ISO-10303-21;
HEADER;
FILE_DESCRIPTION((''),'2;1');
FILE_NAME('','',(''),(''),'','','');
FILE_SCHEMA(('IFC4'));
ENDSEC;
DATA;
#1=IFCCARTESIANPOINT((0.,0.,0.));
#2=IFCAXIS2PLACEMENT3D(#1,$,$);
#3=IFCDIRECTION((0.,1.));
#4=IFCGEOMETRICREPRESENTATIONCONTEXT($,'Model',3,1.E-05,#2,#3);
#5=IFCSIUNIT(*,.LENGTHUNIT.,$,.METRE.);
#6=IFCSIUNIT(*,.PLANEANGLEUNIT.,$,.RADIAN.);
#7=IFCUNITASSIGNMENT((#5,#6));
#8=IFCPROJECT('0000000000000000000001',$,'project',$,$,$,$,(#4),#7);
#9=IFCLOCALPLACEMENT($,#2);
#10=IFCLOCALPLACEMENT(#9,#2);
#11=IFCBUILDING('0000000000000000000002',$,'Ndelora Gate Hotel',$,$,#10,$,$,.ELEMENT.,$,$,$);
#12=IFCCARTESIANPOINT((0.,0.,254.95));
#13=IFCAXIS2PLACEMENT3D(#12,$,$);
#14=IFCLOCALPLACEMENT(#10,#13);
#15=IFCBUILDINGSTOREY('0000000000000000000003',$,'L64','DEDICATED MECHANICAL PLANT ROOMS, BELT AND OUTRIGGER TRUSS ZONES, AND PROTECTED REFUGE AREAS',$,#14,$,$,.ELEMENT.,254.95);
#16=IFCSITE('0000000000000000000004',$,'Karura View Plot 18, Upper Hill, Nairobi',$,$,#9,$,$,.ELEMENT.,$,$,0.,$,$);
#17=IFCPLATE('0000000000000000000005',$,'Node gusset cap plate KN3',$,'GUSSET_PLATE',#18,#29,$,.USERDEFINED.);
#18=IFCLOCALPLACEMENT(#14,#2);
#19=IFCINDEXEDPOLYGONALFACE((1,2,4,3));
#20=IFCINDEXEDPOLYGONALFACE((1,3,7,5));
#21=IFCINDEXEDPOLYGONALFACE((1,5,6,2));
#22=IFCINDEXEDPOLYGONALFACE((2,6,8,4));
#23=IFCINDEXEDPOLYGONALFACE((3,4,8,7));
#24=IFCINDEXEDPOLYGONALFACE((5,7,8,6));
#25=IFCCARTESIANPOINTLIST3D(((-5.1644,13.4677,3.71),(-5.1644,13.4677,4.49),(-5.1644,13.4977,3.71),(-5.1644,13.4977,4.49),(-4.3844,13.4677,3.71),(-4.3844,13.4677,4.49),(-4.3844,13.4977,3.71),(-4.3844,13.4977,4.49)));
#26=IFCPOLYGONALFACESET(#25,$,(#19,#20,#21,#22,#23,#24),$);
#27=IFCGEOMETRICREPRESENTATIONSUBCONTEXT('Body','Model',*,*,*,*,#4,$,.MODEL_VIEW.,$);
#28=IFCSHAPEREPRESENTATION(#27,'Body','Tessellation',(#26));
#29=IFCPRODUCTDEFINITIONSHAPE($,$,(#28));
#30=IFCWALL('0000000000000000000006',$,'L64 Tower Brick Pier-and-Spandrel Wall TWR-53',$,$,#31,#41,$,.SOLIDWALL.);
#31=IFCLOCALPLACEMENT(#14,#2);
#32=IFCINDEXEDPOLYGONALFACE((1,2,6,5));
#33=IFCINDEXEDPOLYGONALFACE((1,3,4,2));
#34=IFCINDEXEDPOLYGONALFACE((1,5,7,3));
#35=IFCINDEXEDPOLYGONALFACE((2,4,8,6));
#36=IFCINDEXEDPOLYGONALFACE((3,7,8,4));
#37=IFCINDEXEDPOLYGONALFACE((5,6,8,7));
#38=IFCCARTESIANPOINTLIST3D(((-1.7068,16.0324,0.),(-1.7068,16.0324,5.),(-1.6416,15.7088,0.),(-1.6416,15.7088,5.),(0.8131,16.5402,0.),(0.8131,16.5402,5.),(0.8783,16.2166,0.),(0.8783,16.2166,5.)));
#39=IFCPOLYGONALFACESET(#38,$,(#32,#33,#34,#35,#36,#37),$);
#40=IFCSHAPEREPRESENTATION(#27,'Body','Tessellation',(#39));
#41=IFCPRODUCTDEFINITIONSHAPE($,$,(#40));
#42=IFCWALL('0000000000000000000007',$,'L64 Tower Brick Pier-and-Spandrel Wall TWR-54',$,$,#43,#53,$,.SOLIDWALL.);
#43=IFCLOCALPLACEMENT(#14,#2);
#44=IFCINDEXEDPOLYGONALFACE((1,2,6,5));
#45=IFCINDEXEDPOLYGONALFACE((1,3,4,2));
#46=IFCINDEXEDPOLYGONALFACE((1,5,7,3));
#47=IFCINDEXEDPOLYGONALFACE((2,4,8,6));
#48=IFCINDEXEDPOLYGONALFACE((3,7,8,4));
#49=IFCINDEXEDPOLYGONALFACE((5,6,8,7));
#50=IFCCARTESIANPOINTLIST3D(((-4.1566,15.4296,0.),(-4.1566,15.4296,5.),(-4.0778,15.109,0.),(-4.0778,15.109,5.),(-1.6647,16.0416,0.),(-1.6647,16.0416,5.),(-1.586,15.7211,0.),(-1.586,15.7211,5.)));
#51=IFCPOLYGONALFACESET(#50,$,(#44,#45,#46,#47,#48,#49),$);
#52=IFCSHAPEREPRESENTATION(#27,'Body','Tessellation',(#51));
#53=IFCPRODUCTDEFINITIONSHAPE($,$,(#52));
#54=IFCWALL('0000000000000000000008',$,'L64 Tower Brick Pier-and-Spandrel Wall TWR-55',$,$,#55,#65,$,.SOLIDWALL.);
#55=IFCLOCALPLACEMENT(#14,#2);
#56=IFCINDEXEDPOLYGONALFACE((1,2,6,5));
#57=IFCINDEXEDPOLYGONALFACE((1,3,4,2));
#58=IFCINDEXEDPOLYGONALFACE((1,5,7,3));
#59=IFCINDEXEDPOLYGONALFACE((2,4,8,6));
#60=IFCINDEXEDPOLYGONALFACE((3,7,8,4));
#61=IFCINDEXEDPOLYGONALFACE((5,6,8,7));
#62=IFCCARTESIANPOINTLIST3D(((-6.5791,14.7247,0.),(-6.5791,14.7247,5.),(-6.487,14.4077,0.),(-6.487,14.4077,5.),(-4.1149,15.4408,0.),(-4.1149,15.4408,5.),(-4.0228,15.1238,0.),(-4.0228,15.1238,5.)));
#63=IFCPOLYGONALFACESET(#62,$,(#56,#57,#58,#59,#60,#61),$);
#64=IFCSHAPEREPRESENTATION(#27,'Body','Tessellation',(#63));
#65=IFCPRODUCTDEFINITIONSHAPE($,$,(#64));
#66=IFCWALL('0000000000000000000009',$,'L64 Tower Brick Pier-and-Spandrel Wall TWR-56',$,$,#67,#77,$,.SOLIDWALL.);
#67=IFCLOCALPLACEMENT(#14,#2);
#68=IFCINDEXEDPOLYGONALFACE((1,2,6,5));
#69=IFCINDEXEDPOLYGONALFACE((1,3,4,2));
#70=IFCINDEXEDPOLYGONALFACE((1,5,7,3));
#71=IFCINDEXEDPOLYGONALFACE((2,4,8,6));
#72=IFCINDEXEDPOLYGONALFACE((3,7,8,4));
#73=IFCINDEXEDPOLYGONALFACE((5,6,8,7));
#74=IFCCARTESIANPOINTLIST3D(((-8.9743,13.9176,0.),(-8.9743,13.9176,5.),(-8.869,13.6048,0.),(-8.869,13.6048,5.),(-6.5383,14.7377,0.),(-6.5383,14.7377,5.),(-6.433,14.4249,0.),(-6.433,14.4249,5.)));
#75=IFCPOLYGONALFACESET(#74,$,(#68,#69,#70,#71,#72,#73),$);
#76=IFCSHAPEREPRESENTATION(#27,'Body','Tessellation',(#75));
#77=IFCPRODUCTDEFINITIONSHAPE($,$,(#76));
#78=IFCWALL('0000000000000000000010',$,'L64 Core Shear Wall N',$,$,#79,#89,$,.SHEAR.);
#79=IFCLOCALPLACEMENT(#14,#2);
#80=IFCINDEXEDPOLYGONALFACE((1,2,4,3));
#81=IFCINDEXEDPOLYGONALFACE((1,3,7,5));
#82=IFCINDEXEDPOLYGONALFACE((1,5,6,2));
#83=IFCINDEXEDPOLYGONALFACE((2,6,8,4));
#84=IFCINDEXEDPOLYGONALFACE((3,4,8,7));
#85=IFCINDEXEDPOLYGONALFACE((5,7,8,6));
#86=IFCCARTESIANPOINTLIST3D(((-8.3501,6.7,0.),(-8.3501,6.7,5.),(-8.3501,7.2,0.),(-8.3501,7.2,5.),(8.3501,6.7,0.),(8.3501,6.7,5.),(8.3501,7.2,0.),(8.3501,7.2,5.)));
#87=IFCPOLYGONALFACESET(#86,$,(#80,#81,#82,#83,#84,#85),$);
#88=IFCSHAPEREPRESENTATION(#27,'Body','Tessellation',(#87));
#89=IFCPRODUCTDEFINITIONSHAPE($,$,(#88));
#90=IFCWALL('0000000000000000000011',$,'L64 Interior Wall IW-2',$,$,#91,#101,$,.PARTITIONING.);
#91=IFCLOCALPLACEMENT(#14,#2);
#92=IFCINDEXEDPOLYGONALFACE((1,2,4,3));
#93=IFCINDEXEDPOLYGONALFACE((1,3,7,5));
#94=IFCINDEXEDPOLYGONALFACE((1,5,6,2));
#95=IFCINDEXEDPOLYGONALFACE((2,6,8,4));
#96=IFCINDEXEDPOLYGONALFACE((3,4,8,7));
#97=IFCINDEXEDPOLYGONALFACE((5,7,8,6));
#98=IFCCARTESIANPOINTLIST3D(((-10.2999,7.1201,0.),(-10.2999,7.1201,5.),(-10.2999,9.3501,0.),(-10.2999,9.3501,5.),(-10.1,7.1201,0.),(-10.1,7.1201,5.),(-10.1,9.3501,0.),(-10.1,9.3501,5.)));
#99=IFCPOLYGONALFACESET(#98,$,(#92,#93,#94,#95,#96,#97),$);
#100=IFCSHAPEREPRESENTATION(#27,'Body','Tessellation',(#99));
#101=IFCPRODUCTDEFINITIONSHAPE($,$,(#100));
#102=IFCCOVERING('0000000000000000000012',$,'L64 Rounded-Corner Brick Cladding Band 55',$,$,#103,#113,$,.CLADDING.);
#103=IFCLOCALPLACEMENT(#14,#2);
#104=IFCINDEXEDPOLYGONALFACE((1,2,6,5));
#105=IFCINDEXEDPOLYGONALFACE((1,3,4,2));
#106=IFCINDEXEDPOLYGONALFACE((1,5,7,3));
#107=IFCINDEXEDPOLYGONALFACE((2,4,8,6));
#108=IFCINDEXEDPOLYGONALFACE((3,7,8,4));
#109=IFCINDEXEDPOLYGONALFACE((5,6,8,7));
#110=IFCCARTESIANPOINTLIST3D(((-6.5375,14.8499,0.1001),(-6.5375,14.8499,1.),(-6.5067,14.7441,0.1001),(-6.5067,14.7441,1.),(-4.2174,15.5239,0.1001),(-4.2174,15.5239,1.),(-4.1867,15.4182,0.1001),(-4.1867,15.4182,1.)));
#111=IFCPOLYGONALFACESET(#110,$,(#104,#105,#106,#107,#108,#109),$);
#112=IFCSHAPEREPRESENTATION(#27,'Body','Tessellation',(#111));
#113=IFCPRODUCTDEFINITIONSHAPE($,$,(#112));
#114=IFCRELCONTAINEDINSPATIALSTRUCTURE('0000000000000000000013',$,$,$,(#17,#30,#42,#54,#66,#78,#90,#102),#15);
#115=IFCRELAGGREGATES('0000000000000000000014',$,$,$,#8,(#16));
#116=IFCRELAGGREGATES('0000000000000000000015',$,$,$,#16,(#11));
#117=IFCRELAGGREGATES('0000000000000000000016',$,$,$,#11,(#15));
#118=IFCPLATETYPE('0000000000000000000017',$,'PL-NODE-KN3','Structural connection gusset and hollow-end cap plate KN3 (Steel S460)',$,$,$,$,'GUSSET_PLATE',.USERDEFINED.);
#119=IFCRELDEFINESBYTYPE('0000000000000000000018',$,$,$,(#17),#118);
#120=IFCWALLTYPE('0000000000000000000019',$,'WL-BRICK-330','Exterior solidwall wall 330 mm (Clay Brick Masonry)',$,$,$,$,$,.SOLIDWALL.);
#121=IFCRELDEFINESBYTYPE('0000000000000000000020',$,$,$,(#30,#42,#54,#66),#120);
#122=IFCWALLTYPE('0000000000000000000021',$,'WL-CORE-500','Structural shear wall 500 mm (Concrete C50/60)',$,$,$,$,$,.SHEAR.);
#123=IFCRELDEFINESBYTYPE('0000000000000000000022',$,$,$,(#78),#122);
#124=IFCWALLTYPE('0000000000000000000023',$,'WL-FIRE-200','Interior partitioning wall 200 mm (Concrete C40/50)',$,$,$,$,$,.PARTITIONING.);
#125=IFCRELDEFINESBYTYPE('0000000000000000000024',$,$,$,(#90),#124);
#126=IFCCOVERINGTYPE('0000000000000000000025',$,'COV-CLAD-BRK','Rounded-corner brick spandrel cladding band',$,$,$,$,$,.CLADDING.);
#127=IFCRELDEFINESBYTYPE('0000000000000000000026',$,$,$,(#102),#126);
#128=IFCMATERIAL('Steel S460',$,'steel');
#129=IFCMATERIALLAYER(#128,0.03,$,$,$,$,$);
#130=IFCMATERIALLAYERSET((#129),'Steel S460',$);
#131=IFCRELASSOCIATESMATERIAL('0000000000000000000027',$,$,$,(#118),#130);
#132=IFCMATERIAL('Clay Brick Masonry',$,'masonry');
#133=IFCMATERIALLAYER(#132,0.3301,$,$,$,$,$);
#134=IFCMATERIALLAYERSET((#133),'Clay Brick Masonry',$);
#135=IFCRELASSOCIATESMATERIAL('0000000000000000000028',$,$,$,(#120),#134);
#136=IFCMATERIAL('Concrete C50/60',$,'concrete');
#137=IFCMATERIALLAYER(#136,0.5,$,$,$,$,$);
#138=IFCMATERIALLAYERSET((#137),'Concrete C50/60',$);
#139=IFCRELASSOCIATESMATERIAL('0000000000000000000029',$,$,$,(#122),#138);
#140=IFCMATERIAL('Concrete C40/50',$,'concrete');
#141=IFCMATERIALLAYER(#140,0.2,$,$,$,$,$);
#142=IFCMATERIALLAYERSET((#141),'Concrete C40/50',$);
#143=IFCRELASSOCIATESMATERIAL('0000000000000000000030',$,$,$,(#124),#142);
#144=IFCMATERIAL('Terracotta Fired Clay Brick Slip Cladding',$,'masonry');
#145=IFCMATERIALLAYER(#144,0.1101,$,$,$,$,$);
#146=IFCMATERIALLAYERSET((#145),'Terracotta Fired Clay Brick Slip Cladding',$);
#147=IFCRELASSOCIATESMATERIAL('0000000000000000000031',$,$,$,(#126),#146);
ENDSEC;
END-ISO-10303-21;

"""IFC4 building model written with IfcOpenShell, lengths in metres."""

from ifc_helpers import new_model, si_unit, direction, frame, frame_2d, origin, origin_2d, place, context, subcontext, project, spatial, rectangle, extrude, material, layer, layer_set, type_object, element, save


model = new_model("IFC4")

# Units and contexts
model_context = context("Model", 3, precision=1e-05, world=origin(), true_north=direction((0.0, 1.0)))
body_context = subcontext(model_context, "Body", "Model", "MODEL_VIEW")
ifc_project = project(units=[si_unit("LENGTHUNIT", "METRE"), si_unit("PLANEANGLEUNIT", "RADIAN")], contexts=[model_context])

# Site, building, storey
site_placement = place(None, origin())
site = spatial("IfcSite", under=ifc_project, at=site_placement, Name="Karura View Plot 18, Upper Hill, Nairobi", CompositionType="ELEMENT", RefElevation=0.0)
building_placement = place(site_placement, origin())
building = spatial("IfcBuilding", under=site, at=building_placement, Name="Ndelora Gate Hotel", CompositionType="ELEMENT")
storey_placement = place(building_placement, frame((0.0, 0.0, 254.95)))
storey = spatial("IfcBuildingStorey", under=building, at=storey_placement, Name="L64", Description="DEDICATED MECHANICAL PLANT ROOMS, BELT AND OUTRIGGER TRUSS ZONES, AND PROTECTED REFUGE AREAS", CompositionType="ELEMENT", Elevation=254.95)

# Shared definitions
ifc_material_1 = material(Name="Concrete C50/60", Category="concrete")

# Shared definitions
ifc_material_2 = material(Name="Steel S460", Category="steel")

# Plate
ifc_layer_1 = layer(ifc_material_2, 0.03)
ifc_layer_set_1 = layer_set([ifc_layer_1], Name="Steel S460")
plate_type_1 = type_object("IfcPlateType", Name="PL-NODE-KN3", Description="Structural connection gusset and hollow-end cap plate KN3 (Steel S460)", ElementType="GUSSET_PLATE", PredefinedType="USERDEFINED", material=ifc_layer_set_1)
plate_1_placement = place(storey_placement, frame((-4.7744, 13.4827, 3.71), z_axis=(0.0, 0.0, 1.0), x_axis=(1.0, 0.0, 0.0)))
element("IfcPlate", 1, at=plate_1_placement, inside=storey, type_object=plate_type_1, Name="Node gusset cap plate KN3", ObjectType="GUSSET_PLATE", PredefinedType="USERDEFINED", context=body_context, shape_type="SweptSolid", body=[
    extrude(rectangle(XDim=0.78, YDim=0.03, at=origin_2d()), origin(), (0.0, 0.0, 1.0), 0.78),
])

# Walls
ifc_material_3 = material(Name="Clay Brick Masonry", Category="masonry")
ifc_layer_2 = layer(ifc_material_3, 0.3301)
ifc_layer_set_2 = layer_set([ifc_layer_2], Name="Clay Brick Masonry")
wall_type_1 = type_object("IfcWallType", Name="WL-BRICK-330", Description="Exterior solidwall wall 330 mm (Clay Brick Masonry)", PredefinedType="SOLIDWALL", material=ifc_layer_set_2)
wall_1_placement = place(storey_placement, frame((-1.6741, 15.8706, 0.0), z_axis=(0.0, 0.0, 1.0), x_axis=(0.980291, 0.197559, 0.0)))
element("IfcWall", 2, at=wall_1_placement, inside=storey, type_object=wall_type_1, Name="L64 Tower Brick Pier-and-Spandrel Wall TWR-53", PredefinedType="SOLIDWALL", context=body_context, shape_type="SweptSolid", body=[
    extrude(rectangle(XDim=2.5706, YDim=0.3301, at=frame_2d((1.2852, 0.0))), origin(), (0.0, 0.0, 1.0), 5.0),
])
wall_2_placement = place(storey_placement, frame((-4.1172, 15.2693, 0.0), z_axis=(0.0, 0.0, 1.0), x_axis=(0.971136, 0.238526, 0.0)))
element("IfcWall", 3, at=wall_2_placement, inside=storey, type_object=wall_type_1, Name="L64 Tower Brick Pier-and-Spandrel Wall TWR-54", PredefinedType="SOLIDWALL", context=body_context, shape_type="SweptSolid", body=[
    extrude(rectangle(XDim=2.5659, YDim=0.3301, at=frame_2d((1.283, 0.0))), origin(), (0.0, 0.0, 1.0), 5.0),
])
wall_3_placement = place(storey_placement, frame((-6.5332, 14.5662, 0.0), z_axis=(0.0, 0.0, 1.0), x_axis=(0.960276, 0.279054, 0.0)))
element("IfcWall", 4, at=wall_3_placement, inside=storey, type_object=wall_type_1, Name="L64 Tower Brick Pier-and-Spandrel Wall TWR-55", PredefinedType="SOLIDWALL", context=body_context, shape_type="SweptSolid", body=[
    extrude(rectangle(XDim=2.5662, YDim=0.3301, at=frame_2d((1.2832, 0.0))), origin(), (0.0, 0.0, 1.0), 5.0),
])
wall_4_placement = place(storey_placement, frame((-8.9216, 13.7612, 0.0), z_axis=(0.0, 0.0, 1.0), x_axis=(0.947739, 0.319047, 0.0)))
element("IfcWall", 5, at=wall_4_placement, inside=storey, type_object=wall_type_1, Name="L64 Tower Brick Pier-and-Spandrel Wall TWR-56", PredefinedType="SOLIDWALL", context=body_context, shape_type="SweptSolid", body=[
    extrude(rectangle(XDim=2.5703, YDim=0.3301, at=frame_2d((1.2852, 0.0))), origin(), (0.0, 0.0, 1.0), 5.0),
])
ifc_layer_3 = layer(ifc_material_1, 0.5)
ifc_layer_set_3 = layer_set([ifc_layer_3], Name="Concrete C50/60")
wall_type_2 = type_object("IfcWallType", Name="WL-CORE-500", Description="Structural shear wall 500 mm (Concrete C50/60)", PredefinedType="SHEAR", material=ifc_layer_set_3)
wall_5_placement = place(storey_placement, frame((-8.3501, 6.95, 0.0), z_axis=(0.0, 0.0, 1.0), x_axis=(1.0, 0.0, 0.0)))
element("IfcWall", 6, at=wall_5_placement, inside=storey, type_object=wall_type_2, Name="L64 Core Shear Wall N", PredefinedType="SHEAR", context=body_context, shape_type="SweptSolid", body=[
    extrude(rectangle(XDim=16.7002, YDim=0.5, at=frame_2d((8.3501, 0.0))), origin(), (0.0, 0.0, 1.0), 5.0),
])
ifc_material_4 = material(Name="Concrete C40/50", Category="concrete")
ifc_layer_4 = layer(ifc_material_4, 0.2)
ifc_layer_set_4 = layer_set([ifc_layer_4], Name="Concrete C40/50")
wall_type_3 = type_object("IfcWallType", Name="WL-FIRE-200", Description="Interior partitioning wall 200 mm (Concrete C40/50)", PredefinedType="PARTITIONING", material=ifc_layer_set_4)
wall_6_placement = place(storey_placement, frame((-10.2, 9.3501, 0.0), z_axis=(0.0, 0.0, 1.0), x_axis=(0.0, -1.0, 0.0)))
element("IfcWall", 7, at=wall_6_placement, inside=storey, type_object=wall_type_3, Name="L64 Interior Wall IW-2", PredefinedType="PARTITIONING", context=body_context, shape_type="SweptSolid", body=[
    extrude(rectangle(XDim=2.23, YDim=0.2, at=frame_2d((1.115, 0.0))), origin(), (0.0, 0.0, 1.0), 5.0),
])

# Covering
ifc_material_5 = material(Name="Terracotta Fired Clay Brick Slip Cladding", Category="masonry")
ifc_layer_5 = layer(ifc_material_5, 0.1101)
ifc_layer_set_5 = layer_set([ifc_layer_5], Name="Terracotta Fired Clay Brick Slip Cladding")
covering_type = type_object("IfcCoveringType", Name="COV-CLAD-BRK", Description="Rounded-corner brick spandrel cladding band", PredefinedType="CLADDING", material=ifc_layer_set_5)
covering_placement = place(storey_placement, frame((-5.3621, 15.134, 0.1001), z_axis=(0.0, 0.0, 1.0), x_axis=(0.960294, 0.278991, 0.0)))
element("IfcCovering", 8, at=covering_placement, inside=storey, type_object=covering_type, Name="L64 Rounded-Corner Brick Cladding Band 55", PredefinedType="CLADDING", context=body_context, shape_type="SweptSolid", body=[
    extrude(rectangle(XDim=2.416, YDim=0.1101, at=origin_2d()), origin(), (0.0, 0.0, 1.0), 0.8999),
])

save(model, "model.ifc")
